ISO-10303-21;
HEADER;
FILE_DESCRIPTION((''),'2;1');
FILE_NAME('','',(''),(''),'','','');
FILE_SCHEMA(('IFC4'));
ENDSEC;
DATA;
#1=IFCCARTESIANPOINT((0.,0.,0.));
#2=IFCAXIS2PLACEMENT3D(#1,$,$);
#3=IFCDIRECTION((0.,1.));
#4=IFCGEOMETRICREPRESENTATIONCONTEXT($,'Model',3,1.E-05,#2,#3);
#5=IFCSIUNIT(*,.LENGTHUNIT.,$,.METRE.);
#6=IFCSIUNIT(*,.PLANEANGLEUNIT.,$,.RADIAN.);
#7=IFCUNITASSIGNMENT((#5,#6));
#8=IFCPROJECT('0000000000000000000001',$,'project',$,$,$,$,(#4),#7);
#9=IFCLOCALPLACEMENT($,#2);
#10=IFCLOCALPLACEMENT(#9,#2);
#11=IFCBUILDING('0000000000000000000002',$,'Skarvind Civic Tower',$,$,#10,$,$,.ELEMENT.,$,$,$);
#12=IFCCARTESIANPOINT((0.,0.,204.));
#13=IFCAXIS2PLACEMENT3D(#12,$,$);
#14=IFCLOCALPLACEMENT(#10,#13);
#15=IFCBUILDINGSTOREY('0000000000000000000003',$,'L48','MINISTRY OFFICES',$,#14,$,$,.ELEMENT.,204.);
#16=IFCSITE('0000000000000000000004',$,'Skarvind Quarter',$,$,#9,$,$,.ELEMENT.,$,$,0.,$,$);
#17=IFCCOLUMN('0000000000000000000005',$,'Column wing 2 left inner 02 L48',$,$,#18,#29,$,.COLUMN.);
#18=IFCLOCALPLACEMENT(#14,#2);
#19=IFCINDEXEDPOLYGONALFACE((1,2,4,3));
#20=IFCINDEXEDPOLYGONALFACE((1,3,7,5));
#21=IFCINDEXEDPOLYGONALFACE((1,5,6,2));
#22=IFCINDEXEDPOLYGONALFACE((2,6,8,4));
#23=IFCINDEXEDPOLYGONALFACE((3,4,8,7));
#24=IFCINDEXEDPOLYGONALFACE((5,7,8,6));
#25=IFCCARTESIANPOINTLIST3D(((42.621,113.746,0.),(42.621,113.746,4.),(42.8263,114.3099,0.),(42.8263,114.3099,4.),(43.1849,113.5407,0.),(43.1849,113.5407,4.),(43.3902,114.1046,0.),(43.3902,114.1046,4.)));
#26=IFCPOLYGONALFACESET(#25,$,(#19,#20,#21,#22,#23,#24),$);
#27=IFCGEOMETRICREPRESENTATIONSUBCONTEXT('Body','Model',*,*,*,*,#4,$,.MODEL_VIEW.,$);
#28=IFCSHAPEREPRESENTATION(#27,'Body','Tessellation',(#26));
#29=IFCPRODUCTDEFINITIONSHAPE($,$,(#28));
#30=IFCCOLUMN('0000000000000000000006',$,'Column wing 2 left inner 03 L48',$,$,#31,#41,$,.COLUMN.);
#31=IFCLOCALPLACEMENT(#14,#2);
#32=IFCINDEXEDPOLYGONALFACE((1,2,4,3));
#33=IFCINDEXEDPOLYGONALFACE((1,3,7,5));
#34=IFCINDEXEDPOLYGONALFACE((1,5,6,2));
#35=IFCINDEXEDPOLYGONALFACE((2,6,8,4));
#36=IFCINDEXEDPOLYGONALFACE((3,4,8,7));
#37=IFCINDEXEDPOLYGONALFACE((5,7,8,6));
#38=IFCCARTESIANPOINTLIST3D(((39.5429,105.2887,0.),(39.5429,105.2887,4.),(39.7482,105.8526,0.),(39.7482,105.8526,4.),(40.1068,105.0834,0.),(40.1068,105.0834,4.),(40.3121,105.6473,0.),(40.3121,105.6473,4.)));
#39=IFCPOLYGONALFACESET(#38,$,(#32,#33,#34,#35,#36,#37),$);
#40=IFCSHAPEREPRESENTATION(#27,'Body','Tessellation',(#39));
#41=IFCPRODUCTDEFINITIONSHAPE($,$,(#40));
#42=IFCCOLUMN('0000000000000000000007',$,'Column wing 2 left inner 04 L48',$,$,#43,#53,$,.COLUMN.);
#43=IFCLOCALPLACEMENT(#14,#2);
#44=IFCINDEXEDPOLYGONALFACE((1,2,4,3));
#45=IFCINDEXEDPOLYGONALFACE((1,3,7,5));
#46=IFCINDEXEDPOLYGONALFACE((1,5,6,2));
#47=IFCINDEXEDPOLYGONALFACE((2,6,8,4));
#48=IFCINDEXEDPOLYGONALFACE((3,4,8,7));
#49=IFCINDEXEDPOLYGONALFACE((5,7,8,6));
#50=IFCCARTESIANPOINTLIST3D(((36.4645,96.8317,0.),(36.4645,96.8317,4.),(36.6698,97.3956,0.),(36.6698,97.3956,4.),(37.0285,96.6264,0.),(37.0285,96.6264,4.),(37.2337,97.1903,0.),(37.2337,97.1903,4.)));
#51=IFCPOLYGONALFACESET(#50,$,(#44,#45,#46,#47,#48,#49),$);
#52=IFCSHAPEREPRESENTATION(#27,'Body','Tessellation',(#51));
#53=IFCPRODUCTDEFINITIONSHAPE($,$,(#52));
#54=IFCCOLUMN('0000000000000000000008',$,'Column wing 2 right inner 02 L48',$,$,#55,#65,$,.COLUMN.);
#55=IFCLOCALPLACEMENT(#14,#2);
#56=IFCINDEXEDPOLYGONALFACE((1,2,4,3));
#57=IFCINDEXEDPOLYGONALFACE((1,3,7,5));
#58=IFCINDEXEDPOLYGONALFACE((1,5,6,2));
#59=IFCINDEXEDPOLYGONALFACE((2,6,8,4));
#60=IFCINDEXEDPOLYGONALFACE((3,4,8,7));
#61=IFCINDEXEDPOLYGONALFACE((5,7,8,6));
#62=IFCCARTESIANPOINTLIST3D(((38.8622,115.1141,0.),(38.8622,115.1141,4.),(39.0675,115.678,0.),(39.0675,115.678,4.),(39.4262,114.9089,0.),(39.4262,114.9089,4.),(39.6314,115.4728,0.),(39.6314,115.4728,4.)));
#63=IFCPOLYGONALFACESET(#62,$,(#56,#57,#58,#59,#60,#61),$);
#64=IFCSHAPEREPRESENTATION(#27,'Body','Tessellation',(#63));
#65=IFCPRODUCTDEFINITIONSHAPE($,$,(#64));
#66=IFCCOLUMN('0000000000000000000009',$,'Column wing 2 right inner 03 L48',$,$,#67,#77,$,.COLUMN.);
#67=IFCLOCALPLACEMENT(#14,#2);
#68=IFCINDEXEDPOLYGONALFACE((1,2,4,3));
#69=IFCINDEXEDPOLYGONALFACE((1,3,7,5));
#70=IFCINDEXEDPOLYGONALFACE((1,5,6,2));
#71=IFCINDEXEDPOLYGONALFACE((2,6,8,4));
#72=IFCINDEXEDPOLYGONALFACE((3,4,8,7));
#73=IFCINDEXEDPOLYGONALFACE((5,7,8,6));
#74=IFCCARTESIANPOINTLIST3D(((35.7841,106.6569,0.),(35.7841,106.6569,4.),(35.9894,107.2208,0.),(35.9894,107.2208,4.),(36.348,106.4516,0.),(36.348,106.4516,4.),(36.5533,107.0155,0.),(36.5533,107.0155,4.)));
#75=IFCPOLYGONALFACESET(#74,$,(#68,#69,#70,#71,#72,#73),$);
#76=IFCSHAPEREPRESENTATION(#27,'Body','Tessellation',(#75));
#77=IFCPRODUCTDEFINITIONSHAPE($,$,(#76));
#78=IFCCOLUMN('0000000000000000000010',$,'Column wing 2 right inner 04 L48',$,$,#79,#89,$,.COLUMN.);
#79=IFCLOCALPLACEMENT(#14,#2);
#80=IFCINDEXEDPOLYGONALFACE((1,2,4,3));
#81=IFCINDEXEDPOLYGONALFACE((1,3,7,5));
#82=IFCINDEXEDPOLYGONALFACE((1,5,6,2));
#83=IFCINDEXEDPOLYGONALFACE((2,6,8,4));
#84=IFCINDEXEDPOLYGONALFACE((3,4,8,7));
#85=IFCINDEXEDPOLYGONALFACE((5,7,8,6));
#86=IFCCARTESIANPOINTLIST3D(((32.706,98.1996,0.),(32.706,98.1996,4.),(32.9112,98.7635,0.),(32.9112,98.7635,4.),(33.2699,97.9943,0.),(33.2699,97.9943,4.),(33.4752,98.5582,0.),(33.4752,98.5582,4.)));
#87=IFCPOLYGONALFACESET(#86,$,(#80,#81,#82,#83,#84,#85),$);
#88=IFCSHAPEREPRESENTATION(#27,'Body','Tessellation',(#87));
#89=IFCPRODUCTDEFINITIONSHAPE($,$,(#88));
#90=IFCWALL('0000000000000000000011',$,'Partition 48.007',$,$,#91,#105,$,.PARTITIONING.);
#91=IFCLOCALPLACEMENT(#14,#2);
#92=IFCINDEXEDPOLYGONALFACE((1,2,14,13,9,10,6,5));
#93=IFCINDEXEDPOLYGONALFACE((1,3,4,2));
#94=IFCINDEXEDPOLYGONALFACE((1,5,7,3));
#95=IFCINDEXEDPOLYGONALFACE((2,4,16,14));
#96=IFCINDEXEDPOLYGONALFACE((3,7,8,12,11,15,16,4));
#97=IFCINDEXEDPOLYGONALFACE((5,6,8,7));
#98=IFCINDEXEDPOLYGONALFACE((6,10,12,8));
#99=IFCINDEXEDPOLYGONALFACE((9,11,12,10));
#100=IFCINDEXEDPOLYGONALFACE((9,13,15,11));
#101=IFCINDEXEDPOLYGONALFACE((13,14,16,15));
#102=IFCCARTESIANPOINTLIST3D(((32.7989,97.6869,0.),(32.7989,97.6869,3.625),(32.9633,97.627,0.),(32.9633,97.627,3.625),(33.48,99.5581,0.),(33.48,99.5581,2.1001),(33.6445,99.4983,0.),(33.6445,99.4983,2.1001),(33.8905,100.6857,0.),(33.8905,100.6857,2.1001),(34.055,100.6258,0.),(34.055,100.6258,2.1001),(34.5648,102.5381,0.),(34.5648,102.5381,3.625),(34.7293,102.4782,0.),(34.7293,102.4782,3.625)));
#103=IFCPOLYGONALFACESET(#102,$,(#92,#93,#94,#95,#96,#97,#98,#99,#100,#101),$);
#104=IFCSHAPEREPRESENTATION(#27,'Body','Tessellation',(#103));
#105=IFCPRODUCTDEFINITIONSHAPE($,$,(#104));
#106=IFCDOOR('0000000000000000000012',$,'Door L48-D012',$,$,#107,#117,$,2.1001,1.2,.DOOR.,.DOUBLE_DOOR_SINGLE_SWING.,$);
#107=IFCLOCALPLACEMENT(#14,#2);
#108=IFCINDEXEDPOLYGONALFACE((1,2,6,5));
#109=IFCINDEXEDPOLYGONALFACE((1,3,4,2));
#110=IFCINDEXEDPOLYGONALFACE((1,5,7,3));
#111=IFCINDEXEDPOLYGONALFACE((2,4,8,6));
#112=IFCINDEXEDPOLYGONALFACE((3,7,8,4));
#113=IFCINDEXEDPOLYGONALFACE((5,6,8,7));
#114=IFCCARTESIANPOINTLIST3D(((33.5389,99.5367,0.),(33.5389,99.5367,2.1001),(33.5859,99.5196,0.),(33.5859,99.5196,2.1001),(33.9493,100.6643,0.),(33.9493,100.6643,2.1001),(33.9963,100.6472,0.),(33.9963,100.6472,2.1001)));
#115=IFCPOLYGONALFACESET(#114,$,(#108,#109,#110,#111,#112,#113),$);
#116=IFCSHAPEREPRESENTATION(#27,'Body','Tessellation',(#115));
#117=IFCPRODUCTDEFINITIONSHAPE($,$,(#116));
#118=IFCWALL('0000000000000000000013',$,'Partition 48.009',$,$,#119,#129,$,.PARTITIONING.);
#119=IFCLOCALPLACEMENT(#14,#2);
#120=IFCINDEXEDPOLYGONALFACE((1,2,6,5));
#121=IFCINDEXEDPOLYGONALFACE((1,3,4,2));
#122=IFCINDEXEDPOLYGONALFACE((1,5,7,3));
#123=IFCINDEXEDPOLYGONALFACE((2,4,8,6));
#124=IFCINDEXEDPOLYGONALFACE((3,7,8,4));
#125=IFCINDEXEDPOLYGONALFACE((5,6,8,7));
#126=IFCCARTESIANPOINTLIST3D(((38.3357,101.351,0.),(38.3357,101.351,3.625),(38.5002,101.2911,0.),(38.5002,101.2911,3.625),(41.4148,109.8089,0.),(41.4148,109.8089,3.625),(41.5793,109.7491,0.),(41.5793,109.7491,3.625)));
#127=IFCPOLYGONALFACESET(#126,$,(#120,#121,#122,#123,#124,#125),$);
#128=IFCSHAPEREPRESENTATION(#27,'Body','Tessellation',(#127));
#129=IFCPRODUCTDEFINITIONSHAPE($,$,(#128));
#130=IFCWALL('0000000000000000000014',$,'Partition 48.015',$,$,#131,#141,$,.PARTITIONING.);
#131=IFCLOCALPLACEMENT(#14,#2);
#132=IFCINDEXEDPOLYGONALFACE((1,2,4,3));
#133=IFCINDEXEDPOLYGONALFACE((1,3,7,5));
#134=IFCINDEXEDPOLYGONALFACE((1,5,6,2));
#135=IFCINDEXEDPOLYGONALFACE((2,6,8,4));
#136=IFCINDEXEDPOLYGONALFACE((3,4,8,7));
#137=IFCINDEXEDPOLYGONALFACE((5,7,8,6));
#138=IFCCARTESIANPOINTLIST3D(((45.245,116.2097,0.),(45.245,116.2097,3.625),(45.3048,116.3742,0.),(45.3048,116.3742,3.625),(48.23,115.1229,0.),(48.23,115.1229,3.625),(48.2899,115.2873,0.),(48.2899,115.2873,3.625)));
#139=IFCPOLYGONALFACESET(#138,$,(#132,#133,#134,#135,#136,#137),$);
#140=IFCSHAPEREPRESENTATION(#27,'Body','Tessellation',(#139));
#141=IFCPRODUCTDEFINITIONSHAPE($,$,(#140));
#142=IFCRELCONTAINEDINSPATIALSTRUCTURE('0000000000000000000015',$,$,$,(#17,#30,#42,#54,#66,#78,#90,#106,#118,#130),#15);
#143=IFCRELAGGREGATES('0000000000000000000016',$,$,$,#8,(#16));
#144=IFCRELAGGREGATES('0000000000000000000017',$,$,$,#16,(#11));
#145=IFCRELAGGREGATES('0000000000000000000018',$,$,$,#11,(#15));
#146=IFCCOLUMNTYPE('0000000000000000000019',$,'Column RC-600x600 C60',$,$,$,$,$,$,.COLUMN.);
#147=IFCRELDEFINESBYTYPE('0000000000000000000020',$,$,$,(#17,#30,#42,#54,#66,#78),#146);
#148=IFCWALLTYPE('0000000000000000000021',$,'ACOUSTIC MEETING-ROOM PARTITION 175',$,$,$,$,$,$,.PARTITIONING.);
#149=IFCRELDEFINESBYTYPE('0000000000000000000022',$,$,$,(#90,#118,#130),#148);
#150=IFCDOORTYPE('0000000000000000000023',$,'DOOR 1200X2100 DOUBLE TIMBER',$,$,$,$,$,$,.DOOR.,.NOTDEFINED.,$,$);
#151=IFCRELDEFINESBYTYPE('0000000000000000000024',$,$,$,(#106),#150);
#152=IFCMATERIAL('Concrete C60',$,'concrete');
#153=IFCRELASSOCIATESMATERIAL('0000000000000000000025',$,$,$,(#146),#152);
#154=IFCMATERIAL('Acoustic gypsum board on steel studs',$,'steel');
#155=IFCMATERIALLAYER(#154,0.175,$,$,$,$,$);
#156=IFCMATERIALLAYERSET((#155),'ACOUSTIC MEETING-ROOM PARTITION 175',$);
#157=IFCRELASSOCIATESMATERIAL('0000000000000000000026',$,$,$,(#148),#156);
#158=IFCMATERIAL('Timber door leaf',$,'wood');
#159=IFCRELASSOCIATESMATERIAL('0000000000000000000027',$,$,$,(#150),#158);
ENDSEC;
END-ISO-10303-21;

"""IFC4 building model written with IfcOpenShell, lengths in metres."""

from ifc_helpers import new_model, si_unit, direction, frame, frame_2d, origin, origin_2d, place, context, subcontext, project, spatial, rectangle, extrude, material, layer, layer_set, material_profile, profile_set, type_object, element, fill, save


model = new_model("IFC4")

# Units and contexts
model_context = context("Model", 3, precision=1e-05, world=origin(), true_north=direction((0.0, 1.0)))
body_context = subcontext(model_context, "Body", "Model", "MODEL_VIEW")
ifc_project = project(units=[si_unit("LENGTHUNIT", "METRE"), si_unit("PLANEANGLEUNIT", "RADIAN")], contexts=[model_context])

# Site, building, storey
site_placement = place(None, origin())
site = spatial("IfcSite", under=ifc_project, at=site_placement, Name="Skarvind Quarter", CompositionType="ELEMENT", RefElevation=0.0)
building_placement = place(site_placement, origin())
building = spatial("IfcBuilding", under=site, at=building_placement, Name="Skarvind Civic Tower", CompositionType="ELEMENT")
storey_placement = place(building_placement, frame((0.0, 0.0, 204.0)))
storey = spatial("IfcBuildingStorey", under=building, at=storey_placement, Name="L48", Description="MINISTRY OFFICES", CompositionType="ELEMENT", Elevation=204.0)

# Columns
ifc_material_1 = material(Name="Concrete C60", Category="concrete")
ifc_material_profile = material_profile(ifc_material_1, rectangle(XDim=0.6001, YDim=0.6001, at=origin_2d()), Name="RC-600x600")
ifc_profile_set = profile_set([ifc_material_profile], Name="Concrete C60")
column_type = type_object("IfcColumnType", Name="Column RC-600x600 C60", PredefinedType="COLUMN", material=ifc_profile_set)
for number, where, z_axis, x_axis, name in (
    (1, (43.0056, 113.9253, 0.0), (0.0, 0.0, 1.0), (-0.34202, -0.939693, 0.0), "Column wing 2 left inner 02 L48"),
    (2, (39.9275, 105.468, 0.0), (0.0, 0.0, 1.0), (-0.34202, -0.939693, 0.0), "Column wing 2 left inner 03 L48"),
    (3, (36.8491, 97.011, 0.0), (0.0, 0.0, 1.0), (-0.34202, -0.939693, 0.0), "Column wing 2 left inner 04 L48"),
    (4, (39.2468, 115.2935, 0.0), (0.0, 0.0, 1.0), (-0.34202, -0.939693, 0.0), "Column wing 2 right inner 02 L48"),
    (5, (36.1687, 106.8362, 0.0), (0.0, 0.0, 1.0), (-0.34202, -0.939693, 0.0), "Column wing 2 right inner 03 L48"),
    (6, (33.0906, 98.3789, 0.0), (0.0, 0.0, 1.0), (-0.34202, -0.939693, 0.0), "Column wing 2 right inner 04 L48"),
):
    element("IfcColumn", number, at=place(storey_placement, frame(where, z_axis=z_axis, x_axis=x_axis)), inside=storey, type_object=column_type, Name=name, PredefinedType="COLUMN", context=body_context, shape_type="SweptSolid", body=[
        extrude(rectangle(XDim=0.6001, YDim=0.6001, at=origin_2d()), origin(), (0.0, 0.0, 1.0), 4.0),
    ])

# Wall, opening, door
ifc_material_2 = material(Name="Acoustic gypsum board on steel studs", Category="steel")
ifc_layer_1 = layer(ifc_material_2, 0.175)
ifc_layer_set_1 = layer_set([ifc_layer_1], Name="ACOUSTIC MEETING-ROOM PARTITION 175")
wall_type_1 = type_object("IfcWallType", Name="ACOUSTIC MEETING-ROOM PARTITION 175", PredefinedType="PARTITIONING", material=ifc_layer_set_1)
wall_1_placement = place(storey_placement, frame((32.8811, 97.657, 0.0), z_axis=(0.0, 0.0, 1.0), x_axis=(0.342058, 0.939679, 0.0)))
wall_1 = element("IfcWall", 7, at=wall_1_placement, inside=storey, type_object=wall_type_1, Name="Partition 48.007", PredefinedType="PARTITIONING", context=body_context, shape_type="SweptSolid", body=[
    extrude(rectangle(XDim=5.1626, YDim=0.175, at=frame_2d((2.5813, 0.0))), origin(), (0.0, 0.0, 1.0), 3.625),
])
opening_1_placement = place(wall_1_placement, frame((1.9912, 0.0, 0.0)))
opening_1 = element("IfcOpeningElement", 8, at=opening_1_placement, cuts=wall_1, PredefinedType="OPENING", context=body_context, shape_type="SweptSolid", body=[
    extrude(rectangle(XDim=1.2, YDim=2.1001, at=frame_2d((0.6001, 1.05))), frame((0.0, 0.0974, 0.0), z_axis=(0.0, -1.0, 0.0), x_axis=(1.0, 0.0, 0.0)), (0.0, 0.0, 1.0), 0.1951),
])
ifc_material_3 = material(Name="Timber door leaf", Category="wood")
door_type_1 = type_object("IfcDoorType", Name="DOOR 1200X2100 DOUBLE TIMBER", OperationType="NOTDEFINED", PredefinedType="DOOR", material=ifc_material_3)
door_1_placement = place(opening_1_placement, origin())
door_1 = element("IfcDoor", 9, at=door_1_placement, inside=storey, type_object=door_type_1, Name="Door L48-D012", OperationType="DOUBLE_DOOR_SINGLE_SWING", OverallHeight=2.1001, OverallWidth=1.2, PredefinedType="DOOR", context=body_context, shape_type="SweptSolid", body=[
    extrude(rectangle(XDim=1.2, YDim=2.1001, at=frame_2d((0.6001, 1.05))), frame((0.0, 0.0249, 0.0), z_axis=(0.0, -1.0, 0.0), x_axis=(1.0, 0.0, 0.0)), (0.0, 0.0, 1.0), 0.05),
])
fill(opening_1, door_1)

# Walls
wall_2_placement = place(storey_placement, frame((38.418, 101.321, 0.0), z_axis=(0.0, 0.0, 1.0), x_axis=(0.342083, 0.93967, 0.0)))
element("IfcWall", 10, at=wall_2_placement, inside=storey, type_object=wall_type_1, Name="Partition 48.009", PredefinedType="PARTITIONING", context=body_context, shape_type="SweptSolid", body=[
    extrude(rectangle(XDim=9.001, YDim=0.175, at=frame_2d((4.5005, 0.0))), origin(), (0.0, 0.0, 1.0), 3.625),
])
wall_3_placement = place(storey_placement, frame((45.2749, 116.292, 0.0), z_axis=(0.0, 0.0, 1.0), x_axis=(0.93965, -0.342138, 0.0)))
element("IfcWall", 11, at=wall_3_placement, inside=storey, type_object=wall_type_1, Name="Partition 48.015", PredefinedType="PARTITIONING", context=body_context, shape_type="SweptSolid", body=[
    extrude(rectangle(XDim=3.1768, YDim=0.175, at=frame_2d((1.5884, 0.0))), origin(), (0.0, 0.0, 1.0), 3.625),
])

save(model, "model.ifc")
